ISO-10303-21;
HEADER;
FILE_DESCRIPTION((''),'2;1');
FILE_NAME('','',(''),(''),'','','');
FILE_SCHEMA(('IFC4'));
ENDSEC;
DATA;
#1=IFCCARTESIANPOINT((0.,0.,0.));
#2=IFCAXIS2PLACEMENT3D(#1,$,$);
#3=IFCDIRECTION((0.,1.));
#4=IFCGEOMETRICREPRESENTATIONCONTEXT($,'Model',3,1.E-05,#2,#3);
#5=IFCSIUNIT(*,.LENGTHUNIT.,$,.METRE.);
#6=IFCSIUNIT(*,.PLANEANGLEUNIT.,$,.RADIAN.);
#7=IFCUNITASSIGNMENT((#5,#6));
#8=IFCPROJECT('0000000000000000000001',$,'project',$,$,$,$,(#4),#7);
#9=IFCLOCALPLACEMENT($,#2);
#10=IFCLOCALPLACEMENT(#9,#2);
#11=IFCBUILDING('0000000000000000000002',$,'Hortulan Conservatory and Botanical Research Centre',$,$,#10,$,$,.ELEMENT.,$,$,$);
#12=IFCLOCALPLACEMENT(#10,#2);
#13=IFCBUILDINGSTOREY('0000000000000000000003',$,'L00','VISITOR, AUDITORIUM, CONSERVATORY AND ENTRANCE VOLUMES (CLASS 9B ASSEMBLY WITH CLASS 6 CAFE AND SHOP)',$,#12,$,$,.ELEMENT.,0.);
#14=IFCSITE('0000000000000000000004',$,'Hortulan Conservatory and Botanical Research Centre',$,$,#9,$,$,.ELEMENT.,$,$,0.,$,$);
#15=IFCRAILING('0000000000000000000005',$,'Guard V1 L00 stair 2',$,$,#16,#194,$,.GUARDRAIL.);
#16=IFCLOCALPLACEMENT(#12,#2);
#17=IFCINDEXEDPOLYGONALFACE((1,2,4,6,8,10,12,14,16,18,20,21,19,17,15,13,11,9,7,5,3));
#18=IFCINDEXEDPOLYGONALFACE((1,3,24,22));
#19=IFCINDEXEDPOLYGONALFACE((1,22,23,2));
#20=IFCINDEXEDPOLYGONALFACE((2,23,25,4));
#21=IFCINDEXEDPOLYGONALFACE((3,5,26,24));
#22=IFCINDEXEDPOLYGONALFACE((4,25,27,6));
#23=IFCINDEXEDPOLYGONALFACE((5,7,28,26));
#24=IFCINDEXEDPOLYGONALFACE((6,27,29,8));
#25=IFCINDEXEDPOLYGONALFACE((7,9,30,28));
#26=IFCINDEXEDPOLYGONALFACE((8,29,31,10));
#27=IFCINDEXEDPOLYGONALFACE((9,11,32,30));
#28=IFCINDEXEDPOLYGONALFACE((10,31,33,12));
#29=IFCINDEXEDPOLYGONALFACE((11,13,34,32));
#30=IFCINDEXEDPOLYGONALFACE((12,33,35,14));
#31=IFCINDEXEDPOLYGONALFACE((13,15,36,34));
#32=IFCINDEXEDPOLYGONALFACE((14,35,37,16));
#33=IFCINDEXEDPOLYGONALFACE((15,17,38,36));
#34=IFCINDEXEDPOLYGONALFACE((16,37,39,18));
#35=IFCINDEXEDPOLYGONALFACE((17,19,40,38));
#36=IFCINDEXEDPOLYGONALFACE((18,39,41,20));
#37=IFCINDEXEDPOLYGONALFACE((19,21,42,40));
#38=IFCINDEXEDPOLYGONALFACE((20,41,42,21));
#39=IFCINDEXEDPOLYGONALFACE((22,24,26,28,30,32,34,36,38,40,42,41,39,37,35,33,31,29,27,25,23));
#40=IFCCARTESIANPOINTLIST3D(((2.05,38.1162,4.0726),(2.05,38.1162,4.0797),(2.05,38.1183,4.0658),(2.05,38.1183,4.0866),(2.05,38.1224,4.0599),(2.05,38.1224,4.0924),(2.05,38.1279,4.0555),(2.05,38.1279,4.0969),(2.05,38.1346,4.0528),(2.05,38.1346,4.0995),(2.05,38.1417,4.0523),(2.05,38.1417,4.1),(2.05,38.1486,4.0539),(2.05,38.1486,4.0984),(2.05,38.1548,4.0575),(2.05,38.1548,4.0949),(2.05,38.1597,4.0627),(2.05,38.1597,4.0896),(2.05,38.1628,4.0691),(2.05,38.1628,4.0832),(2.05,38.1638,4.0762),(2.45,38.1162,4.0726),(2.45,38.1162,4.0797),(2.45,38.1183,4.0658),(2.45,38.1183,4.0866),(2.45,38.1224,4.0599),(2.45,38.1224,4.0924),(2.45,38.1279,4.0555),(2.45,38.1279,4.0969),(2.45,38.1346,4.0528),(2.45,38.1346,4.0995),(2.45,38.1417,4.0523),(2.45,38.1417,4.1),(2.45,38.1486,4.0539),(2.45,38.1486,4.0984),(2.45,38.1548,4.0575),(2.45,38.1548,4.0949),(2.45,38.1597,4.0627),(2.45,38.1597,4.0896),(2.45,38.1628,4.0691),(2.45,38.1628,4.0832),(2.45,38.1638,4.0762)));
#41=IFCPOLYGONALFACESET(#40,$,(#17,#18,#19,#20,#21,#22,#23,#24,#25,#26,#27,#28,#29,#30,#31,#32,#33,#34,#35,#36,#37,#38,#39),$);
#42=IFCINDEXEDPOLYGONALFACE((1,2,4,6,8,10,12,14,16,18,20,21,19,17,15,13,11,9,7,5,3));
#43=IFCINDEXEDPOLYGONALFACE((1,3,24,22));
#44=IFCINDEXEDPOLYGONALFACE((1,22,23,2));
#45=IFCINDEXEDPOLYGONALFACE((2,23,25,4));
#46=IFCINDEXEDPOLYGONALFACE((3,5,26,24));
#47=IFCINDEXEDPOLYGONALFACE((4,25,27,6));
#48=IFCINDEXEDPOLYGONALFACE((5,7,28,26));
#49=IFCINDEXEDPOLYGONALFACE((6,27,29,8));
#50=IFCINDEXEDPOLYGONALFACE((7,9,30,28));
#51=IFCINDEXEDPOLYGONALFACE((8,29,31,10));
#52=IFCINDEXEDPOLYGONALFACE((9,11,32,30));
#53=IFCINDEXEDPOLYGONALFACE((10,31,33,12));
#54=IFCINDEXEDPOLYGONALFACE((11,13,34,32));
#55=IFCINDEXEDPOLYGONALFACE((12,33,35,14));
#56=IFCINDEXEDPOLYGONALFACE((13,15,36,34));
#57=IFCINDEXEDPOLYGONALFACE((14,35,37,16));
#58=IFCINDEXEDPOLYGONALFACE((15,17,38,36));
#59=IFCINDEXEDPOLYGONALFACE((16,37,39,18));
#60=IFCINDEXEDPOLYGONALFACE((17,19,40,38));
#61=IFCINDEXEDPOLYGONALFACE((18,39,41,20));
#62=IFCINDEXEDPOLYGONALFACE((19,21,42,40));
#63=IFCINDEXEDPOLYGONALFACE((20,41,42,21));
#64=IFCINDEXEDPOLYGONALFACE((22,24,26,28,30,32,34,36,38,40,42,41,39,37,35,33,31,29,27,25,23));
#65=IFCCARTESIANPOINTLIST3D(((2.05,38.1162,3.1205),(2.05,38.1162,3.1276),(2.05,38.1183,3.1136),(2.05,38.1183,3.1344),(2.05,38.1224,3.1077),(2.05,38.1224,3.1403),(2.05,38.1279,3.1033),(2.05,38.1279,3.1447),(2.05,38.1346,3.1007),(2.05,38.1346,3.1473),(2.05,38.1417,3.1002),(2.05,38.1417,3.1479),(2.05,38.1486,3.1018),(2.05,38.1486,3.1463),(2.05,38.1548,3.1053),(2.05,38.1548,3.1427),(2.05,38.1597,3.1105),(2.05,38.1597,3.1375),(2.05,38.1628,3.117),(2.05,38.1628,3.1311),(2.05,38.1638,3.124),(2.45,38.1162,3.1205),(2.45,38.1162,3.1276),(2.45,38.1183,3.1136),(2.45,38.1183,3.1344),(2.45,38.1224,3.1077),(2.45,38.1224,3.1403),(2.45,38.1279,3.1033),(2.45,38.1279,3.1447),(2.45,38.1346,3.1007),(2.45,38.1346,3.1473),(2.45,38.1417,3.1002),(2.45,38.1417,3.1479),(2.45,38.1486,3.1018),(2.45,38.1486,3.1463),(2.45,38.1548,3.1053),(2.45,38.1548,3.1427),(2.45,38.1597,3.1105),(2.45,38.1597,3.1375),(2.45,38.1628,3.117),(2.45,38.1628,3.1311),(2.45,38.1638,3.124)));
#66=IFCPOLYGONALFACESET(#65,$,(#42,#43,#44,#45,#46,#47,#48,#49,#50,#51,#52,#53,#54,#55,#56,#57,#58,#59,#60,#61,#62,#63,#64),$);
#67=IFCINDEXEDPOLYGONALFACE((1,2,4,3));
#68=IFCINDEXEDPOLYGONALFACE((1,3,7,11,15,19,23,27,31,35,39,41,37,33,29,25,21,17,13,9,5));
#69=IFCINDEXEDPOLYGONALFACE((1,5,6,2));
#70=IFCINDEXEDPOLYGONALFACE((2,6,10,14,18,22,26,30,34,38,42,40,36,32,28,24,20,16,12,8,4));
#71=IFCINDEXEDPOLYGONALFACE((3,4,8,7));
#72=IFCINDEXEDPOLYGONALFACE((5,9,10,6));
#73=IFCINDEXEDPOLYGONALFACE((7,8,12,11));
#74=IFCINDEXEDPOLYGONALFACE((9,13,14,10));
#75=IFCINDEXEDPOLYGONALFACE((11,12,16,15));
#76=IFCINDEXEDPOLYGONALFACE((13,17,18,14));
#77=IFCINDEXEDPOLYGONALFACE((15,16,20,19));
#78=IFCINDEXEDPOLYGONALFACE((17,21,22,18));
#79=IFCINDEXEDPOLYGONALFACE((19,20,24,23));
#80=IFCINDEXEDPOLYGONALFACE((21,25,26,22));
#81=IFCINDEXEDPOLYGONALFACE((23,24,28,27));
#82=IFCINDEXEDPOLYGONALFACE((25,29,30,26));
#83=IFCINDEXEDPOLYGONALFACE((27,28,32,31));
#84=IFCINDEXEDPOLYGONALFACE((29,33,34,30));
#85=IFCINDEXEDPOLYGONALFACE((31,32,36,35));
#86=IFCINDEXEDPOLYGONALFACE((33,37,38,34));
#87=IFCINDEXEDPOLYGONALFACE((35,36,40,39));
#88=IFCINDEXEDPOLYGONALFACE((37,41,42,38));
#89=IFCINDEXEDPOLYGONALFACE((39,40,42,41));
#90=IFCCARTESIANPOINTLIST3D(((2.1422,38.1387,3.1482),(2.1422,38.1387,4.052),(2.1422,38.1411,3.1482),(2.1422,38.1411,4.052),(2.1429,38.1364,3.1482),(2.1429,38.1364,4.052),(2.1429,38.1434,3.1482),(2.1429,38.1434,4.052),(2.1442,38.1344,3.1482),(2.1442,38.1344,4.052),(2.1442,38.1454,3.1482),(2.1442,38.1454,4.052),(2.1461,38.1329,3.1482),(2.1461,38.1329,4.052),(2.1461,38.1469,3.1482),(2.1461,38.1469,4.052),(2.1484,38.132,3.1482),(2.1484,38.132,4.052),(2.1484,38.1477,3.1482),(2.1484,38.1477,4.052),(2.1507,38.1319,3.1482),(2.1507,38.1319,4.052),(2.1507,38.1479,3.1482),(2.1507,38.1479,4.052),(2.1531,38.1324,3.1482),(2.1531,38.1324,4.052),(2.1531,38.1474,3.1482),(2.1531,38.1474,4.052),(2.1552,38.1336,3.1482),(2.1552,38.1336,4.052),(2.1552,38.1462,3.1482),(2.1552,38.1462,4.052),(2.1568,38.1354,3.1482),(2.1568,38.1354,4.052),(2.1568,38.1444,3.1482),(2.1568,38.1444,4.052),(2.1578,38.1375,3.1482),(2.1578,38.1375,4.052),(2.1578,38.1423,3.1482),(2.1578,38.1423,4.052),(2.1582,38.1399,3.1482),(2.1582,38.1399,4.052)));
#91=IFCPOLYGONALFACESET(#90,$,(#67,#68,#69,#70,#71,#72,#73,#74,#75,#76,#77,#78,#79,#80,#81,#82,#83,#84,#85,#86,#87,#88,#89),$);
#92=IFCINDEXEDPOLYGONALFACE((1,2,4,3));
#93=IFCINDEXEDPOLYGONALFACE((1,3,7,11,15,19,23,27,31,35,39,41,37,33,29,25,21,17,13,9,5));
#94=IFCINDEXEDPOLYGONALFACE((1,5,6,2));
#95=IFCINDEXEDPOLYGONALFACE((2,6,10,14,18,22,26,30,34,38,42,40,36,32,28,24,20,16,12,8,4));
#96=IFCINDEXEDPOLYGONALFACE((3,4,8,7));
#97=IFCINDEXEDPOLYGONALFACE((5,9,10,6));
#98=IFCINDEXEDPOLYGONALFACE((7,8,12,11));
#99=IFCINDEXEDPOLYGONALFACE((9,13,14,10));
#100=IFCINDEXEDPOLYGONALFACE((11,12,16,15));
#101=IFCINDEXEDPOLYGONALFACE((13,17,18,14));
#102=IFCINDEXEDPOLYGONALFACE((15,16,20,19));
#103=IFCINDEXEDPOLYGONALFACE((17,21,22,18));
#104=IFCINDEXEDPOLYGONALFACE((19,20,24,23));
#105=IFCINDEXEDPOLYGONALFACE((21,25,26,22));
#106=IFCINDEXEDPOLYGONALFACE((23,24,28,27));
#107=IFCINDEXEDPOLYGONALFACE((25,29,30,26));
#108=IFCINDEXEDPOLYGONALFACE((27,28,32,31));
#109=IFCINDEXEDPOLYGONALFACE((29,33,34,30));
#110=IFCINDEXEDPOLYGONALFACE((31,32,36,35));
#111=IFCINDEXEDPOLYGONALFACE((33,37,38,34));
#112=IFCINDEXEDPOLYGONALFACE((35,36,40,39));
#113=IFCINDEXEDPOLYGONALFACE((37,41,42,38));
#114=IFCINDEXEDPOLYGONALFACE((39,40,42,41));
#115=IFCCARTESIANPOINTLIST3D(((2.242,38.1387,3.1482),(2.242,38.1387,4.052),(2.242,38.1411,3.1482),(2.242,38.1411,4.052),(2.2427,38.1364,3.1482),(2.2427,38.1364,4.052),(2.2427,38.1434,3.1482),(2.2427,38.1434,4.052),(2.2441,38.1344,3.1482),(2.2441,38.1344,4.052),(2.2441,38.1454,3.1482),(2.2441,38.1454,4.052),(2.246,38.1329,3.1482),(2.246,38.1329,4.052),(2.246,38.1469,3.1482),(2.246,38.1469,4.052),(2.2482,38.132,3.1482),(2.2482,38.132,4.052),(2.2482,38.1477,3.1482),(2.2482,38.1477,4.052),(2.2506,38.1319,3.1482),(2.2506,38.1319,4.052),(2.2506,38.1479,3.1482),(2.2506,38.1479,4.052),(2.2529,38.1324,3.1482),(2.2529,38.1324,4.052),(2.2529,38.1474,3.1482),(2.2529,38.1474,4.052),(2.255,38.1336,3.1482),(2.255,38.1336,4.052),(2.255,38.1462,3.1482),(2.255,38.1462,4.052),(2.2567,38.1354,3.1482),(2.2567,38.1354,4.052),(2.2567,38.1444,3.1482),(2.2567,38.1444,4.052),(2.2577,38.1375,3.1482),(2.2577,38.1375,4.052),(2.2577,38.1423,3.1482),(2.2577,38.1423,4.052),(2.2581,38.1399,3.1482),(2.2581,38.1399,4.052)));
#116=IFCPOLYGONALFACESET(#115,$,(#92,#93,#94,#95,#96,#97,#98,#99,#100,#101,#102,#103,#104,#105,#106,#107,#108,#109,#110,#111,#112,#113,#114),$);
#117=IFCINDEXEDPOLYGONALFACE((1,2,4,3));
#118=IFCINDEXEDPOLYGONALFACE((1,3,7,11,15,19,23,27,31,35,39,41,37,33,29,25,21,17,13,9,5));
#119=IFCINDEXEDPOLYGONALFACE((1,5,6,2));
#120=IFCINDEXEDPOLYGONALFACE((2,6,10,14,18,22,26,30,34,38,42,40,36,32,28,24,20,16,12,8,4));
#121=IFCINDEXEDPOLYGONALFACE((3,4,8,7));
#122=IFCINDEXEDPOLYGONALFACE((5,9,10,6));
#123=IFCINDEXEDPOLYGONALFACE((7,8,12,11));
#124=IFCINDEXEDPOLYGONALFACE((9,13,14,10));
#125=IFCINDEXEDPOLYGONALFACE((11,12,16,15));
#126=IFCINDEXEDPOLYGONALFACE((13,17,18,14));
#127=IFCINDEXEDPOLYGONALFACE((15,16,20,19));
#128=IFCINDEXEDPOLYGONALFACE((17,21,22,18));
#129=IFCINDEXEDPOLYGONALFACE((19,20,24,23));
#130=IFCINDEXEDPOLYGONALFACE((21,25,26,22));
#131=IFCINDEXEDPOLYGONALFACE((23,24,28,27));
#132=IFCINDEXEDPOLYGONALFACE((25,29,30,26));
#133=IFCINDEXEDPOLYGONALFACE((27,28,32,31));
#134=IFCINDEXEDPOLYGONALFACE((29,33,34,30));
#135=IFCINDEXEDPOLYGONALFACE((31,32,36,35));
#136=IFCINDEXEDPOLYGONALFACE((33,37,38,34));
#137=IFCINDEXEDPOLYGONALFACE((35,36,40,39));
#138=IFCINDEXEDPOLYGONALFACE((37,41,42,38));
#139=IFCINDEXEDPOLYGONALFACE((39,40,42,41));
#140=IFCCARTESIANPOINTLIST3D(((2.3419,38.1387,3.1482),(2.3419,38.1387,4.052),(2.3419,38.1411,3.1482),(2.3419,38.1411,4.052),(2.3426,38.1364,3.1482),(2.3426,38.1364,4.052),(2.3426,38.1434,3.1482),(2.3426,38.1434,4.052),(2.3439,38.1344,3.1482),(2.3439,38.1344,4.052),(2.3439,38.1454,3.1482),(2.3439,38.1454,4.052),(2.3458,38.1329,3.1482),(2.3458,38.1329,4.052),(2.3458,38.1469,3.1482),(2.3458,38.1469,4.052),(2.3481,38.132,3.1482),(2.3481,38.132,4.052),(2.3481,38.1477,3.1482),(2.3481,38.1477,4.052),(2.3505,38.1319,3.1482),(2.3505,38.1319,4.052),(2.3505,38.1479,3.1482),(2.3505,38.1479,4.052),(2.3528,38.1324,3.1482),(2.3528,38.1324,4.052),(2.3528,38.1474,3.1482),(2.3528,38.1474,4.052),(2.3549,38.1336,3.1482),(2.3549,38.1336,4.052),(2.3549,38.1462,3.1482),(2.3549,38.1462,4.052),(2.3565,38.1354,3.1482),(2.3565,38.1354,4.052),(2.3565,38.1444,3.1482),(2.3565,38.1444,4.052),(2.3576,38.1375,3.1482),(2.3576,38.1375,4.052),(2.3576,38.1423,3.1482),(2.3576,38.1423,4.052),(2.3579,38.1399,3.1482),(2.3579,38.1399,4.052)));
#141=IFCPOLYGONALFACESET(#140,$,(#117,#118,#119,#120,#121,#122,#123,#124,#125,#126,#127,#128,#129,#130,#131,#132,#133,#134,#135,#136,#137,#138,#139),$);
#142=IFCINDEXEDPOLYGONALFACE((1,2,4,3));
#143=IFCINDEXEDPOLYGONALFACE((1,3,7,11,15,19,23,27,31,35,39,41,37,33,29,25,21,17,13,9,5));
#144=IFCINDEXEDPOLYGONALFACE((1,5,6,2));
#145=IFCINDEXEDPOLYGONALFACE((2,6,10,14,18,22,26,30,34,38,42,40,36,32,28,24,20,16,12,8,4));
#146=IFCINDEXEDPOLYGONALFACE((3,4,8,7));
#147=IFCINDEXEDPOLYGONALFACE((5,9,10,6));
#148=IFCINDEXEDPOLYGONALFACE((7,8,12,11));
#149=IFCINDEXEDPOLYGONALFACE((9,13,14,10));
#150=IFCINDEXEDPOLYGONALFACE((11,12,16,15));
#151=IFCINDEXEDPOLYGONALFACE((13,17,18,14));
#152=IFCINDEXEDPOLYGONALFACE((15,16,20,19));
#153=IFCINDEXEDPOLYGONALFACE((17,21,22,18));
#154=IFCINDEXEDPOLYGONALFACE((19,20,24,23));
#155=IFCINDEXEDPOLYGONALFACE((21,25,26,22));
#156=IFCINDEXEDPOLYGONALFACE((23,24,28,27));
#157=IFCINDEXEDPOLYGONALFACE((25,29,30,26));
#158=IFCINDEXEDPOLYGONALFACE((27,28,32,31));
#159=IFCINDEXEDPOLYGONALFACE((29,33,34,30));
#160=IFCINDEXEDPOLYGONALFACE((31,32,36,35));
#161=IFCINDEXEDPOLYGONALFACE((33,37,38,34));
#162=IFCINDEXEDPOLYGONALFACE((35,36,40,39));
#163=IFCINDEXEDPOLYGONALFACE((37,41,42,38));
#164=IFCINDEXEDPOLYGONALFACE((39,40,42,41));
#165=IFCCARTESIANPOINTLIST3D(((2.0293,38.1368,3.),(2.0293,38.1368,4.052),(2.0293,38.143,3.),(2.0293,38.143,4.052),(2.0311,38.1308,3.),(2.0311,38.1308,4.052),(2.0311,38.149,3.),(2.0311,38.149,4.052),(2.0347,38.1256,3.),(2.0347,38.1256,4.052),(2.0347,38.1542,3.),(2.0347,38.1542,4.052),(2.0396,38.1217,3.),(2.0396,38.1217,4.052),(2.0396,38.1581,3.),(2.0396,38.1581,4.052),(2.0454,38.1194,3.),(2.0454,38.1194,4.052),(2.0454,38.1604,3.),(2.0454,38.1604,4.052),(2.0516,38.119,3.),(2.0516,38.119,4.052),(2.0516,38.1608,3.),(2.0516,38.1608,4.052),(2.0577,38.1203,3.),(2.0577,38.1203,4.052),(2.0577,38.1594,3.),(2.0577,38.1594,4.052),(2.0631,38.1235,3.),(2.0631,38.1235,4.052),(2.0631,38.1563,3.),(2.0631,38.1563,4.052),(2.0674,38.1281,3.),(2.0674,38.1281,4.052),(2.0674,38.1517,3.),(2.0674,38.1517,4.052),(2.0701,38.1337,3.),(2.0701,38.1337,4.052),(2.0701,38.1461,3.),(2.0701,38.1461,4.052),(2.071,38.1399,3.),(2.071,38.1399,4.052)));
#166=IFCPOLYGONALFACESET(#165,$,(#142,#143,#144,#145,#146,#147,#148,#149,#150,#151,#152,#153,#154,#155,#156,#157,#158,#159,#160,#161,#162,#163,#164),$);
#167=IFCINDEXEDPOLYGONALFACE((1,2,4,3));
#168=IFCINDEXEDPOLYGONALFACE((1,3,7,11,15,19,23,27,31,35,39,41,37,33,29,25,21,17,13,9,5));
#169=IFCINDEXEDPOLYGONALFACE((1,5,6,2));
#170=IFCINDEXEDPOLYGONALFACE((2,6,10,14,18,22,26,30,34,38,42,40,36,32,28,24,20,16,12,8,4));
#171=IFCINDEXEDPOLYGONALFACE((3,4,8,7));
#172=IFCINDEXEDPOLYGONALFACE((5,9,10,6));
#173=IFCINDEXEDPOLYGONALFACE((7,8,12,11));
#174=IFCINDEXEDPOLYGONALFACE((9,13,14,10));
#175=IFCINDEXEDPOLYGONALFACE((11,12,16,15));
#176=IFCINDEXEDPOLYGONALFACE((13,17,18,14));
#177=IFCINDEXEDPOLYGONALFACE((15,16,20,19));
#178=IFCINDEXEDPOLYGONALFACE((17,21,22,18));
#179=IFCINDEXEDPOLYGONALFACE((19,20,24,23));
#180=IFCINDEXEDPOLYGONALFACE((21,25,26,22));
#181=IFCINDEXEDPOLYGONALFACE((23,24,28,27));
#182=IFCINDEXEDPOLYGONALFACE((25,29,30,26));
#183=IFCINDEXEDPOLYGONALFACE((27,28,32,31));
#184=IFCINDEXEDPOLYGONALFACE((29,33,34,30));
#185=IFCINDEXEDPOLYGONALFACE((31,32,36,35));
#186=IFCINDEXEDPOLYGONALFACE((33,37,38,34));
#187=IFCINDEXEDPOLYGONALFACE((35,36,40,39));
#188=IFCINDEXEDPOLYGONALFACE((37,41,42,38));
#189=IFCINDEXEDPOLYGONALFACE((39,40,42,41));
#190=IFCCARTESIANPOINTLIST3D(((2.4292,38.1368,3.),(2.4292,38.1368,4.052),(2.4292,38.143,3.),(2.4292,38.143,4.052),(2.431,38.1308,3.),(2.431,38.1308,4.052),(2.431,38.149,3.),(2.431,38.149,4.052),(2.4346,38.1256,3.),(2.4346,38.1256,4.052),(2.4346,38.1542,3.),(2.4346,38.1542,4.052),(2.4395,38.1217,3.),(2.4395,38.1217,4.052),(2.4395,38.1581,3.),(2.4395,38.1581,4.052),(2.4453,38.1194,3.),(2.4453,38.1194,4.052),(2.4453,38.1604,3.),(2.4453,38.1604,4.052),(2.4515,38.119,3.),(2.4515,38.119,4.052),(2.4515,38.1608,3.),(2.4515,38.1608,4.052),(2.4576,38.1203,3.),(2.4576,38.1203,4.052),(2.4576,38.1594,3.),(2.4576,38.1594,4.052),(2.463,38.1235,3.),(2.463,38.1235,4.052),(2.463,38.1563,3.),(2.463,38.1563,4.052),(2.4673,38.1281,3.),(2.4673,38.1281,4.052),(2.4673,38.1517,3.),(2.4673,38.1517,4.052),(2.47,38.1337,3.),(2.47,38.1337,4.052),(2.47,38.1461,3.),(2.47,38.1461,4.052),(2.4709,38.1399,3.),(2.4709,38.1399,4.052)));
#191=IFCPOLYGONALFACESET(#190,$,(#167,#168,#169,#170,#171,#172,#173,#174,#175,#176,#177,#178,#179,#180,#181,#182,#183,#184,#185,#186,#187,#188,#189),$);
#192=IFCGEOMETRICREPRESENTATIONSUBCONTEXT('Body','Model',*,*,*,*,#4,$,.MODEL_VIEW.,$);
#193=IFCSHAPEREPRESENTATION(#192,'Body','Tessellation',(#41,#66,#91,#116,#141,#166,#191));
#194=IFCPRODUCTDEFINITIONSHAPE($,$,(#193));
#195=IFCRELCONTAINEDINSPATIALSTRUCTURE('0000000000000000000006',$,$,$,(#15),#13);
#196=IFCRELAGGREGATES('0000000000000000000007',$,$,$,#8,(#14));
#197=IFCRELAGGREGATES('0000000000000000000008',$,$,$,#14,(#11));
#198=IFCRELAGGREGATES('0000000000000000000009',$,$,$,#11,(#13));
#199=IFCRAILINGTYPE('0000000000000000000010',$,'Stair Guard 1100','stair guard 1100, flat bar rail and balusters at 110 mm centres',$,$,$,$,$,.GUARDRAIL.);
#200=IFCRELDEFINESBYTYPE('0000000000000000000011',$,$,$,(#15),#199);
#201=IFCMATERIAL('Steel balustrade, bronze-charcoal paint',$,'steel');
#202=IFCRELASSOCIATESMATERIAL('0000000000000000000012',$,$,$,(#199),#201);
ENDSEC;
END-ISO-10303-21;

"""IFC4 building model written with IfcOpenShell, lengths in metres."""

from ifc_helpers import new_model, si_unit, direction, frame, origin, origin_2d, place, context, subcontext, project, spatial, circle, extrude, material, type_object, element, save


model = new_model("IFC4")

# Units and contexts
model_context = context("Model", 3, precision=1e-05, world=origin(), true_north=direction((0.0, 1.0)))
body_context = subcontext(model_context, "Body", "Model", "MODEL_VIEW")
ifc_project = project(units=[si_unit("LENGTHUNIT", "METRE"), si_unit("PLANEANGLEUNIT", "RADIAN")], contexts=[model_context])

# Site, building, storey
site_placement = place(None, origin())
site = spatial("IfcSite", under=ifc_project, at=site_placement, Name="Hortulan Conservatory and Botanical Research Centre", CompositionType="ELEMENT", RefElevation=0.0)
building_placement = place(site_placement, origin())
building = spatial("IfcBuilding", under=site, at=building_placement, Name="Hortulan Conservatory and Botanical Research Centre", CompositionType="ELEMENT")
storey_placement = place(building_placement, origin())
storey = spatial("IfcBuildingStorey", under=building, at=storey_placement, Name="L00", Description="VISITOR, AUDITORIUM, CONSERVATORY AND ENTRANCE VOLUMES (CLASS 9B ASSEMBLY WITH CLASS 6 CAFE AND SHOP)", CompositionType="ELEMENT", Elevation=0.0)

# Railing
ifc_material_1 = material(Name="Steel balustrade, bronze-charcoal paint", Category="steel")
railing_type_1 = type_object("IfcRailingType", Name="Stair Guard 1100", Description="stair guard 1100, flat bar rail and balusters at 110 mm centres", PredefinedType="GUARDRAIL", material=ifc_material_1)
railing_1_placement = place(storey_placement, frame((2.05, 38.1399, 3.0)))
element("IfcRailing", 1, at=railing_1_placement, inside=storey, type_object=railing_type_1, Name="Guard V1 L00 stair 2", PredefinedType="GUARDRAIL", context=body_context, shape_type="SweptSolid", body=[
    extrude(circle(Radius=0.0239, at=origin_2d()), frame((0.0, 0.0, 1.0762), z_axis=(1.0, 0.0, 0.0), x_axis=(0.0, 1.0, 0.0)), (0.0, 0.0, 1.0), 0.3999),
    extrude(circle(Radius=0.0239, at=origin_2d()), frame((0.0, 0.0, 0.124), z_axis=(1.0, 0.0, 0.0), x_axis=(0.0, 1.0, 0.0)), (0.0, 0.0, 1.0), 0.3999),
    extrude(circle(Radius=0.0081, at=origin_2d()), frame((0.1001, 0.0, 0.1482)), (0.0, 0.0, 1.0), 0.9038),
    extrude(circle(Radius=0.0081, at=origin_2d()), frame((0.2, 0.0, 0.1482)), (0.0, 0.0, 1.0), 0.9038),
    extrude(circle(Radius=0.0081, at=origin_2d()), frame((0.2998, 0.0, 0.1482)), (0.0, 0.0, 1.0), 0.9038),
    extrude(circle(Radius=0.021, at=origin_2d()), origin(), (0.0, 0.0, 1.0), 1.052),
    extrude(circle(Radius=0.021, at=origin_2d()), frame((0.3999, 0.0, 0.0)), (0.0, 0.0, 1.0), 1.052),
])

save(model, "model.ifc")
